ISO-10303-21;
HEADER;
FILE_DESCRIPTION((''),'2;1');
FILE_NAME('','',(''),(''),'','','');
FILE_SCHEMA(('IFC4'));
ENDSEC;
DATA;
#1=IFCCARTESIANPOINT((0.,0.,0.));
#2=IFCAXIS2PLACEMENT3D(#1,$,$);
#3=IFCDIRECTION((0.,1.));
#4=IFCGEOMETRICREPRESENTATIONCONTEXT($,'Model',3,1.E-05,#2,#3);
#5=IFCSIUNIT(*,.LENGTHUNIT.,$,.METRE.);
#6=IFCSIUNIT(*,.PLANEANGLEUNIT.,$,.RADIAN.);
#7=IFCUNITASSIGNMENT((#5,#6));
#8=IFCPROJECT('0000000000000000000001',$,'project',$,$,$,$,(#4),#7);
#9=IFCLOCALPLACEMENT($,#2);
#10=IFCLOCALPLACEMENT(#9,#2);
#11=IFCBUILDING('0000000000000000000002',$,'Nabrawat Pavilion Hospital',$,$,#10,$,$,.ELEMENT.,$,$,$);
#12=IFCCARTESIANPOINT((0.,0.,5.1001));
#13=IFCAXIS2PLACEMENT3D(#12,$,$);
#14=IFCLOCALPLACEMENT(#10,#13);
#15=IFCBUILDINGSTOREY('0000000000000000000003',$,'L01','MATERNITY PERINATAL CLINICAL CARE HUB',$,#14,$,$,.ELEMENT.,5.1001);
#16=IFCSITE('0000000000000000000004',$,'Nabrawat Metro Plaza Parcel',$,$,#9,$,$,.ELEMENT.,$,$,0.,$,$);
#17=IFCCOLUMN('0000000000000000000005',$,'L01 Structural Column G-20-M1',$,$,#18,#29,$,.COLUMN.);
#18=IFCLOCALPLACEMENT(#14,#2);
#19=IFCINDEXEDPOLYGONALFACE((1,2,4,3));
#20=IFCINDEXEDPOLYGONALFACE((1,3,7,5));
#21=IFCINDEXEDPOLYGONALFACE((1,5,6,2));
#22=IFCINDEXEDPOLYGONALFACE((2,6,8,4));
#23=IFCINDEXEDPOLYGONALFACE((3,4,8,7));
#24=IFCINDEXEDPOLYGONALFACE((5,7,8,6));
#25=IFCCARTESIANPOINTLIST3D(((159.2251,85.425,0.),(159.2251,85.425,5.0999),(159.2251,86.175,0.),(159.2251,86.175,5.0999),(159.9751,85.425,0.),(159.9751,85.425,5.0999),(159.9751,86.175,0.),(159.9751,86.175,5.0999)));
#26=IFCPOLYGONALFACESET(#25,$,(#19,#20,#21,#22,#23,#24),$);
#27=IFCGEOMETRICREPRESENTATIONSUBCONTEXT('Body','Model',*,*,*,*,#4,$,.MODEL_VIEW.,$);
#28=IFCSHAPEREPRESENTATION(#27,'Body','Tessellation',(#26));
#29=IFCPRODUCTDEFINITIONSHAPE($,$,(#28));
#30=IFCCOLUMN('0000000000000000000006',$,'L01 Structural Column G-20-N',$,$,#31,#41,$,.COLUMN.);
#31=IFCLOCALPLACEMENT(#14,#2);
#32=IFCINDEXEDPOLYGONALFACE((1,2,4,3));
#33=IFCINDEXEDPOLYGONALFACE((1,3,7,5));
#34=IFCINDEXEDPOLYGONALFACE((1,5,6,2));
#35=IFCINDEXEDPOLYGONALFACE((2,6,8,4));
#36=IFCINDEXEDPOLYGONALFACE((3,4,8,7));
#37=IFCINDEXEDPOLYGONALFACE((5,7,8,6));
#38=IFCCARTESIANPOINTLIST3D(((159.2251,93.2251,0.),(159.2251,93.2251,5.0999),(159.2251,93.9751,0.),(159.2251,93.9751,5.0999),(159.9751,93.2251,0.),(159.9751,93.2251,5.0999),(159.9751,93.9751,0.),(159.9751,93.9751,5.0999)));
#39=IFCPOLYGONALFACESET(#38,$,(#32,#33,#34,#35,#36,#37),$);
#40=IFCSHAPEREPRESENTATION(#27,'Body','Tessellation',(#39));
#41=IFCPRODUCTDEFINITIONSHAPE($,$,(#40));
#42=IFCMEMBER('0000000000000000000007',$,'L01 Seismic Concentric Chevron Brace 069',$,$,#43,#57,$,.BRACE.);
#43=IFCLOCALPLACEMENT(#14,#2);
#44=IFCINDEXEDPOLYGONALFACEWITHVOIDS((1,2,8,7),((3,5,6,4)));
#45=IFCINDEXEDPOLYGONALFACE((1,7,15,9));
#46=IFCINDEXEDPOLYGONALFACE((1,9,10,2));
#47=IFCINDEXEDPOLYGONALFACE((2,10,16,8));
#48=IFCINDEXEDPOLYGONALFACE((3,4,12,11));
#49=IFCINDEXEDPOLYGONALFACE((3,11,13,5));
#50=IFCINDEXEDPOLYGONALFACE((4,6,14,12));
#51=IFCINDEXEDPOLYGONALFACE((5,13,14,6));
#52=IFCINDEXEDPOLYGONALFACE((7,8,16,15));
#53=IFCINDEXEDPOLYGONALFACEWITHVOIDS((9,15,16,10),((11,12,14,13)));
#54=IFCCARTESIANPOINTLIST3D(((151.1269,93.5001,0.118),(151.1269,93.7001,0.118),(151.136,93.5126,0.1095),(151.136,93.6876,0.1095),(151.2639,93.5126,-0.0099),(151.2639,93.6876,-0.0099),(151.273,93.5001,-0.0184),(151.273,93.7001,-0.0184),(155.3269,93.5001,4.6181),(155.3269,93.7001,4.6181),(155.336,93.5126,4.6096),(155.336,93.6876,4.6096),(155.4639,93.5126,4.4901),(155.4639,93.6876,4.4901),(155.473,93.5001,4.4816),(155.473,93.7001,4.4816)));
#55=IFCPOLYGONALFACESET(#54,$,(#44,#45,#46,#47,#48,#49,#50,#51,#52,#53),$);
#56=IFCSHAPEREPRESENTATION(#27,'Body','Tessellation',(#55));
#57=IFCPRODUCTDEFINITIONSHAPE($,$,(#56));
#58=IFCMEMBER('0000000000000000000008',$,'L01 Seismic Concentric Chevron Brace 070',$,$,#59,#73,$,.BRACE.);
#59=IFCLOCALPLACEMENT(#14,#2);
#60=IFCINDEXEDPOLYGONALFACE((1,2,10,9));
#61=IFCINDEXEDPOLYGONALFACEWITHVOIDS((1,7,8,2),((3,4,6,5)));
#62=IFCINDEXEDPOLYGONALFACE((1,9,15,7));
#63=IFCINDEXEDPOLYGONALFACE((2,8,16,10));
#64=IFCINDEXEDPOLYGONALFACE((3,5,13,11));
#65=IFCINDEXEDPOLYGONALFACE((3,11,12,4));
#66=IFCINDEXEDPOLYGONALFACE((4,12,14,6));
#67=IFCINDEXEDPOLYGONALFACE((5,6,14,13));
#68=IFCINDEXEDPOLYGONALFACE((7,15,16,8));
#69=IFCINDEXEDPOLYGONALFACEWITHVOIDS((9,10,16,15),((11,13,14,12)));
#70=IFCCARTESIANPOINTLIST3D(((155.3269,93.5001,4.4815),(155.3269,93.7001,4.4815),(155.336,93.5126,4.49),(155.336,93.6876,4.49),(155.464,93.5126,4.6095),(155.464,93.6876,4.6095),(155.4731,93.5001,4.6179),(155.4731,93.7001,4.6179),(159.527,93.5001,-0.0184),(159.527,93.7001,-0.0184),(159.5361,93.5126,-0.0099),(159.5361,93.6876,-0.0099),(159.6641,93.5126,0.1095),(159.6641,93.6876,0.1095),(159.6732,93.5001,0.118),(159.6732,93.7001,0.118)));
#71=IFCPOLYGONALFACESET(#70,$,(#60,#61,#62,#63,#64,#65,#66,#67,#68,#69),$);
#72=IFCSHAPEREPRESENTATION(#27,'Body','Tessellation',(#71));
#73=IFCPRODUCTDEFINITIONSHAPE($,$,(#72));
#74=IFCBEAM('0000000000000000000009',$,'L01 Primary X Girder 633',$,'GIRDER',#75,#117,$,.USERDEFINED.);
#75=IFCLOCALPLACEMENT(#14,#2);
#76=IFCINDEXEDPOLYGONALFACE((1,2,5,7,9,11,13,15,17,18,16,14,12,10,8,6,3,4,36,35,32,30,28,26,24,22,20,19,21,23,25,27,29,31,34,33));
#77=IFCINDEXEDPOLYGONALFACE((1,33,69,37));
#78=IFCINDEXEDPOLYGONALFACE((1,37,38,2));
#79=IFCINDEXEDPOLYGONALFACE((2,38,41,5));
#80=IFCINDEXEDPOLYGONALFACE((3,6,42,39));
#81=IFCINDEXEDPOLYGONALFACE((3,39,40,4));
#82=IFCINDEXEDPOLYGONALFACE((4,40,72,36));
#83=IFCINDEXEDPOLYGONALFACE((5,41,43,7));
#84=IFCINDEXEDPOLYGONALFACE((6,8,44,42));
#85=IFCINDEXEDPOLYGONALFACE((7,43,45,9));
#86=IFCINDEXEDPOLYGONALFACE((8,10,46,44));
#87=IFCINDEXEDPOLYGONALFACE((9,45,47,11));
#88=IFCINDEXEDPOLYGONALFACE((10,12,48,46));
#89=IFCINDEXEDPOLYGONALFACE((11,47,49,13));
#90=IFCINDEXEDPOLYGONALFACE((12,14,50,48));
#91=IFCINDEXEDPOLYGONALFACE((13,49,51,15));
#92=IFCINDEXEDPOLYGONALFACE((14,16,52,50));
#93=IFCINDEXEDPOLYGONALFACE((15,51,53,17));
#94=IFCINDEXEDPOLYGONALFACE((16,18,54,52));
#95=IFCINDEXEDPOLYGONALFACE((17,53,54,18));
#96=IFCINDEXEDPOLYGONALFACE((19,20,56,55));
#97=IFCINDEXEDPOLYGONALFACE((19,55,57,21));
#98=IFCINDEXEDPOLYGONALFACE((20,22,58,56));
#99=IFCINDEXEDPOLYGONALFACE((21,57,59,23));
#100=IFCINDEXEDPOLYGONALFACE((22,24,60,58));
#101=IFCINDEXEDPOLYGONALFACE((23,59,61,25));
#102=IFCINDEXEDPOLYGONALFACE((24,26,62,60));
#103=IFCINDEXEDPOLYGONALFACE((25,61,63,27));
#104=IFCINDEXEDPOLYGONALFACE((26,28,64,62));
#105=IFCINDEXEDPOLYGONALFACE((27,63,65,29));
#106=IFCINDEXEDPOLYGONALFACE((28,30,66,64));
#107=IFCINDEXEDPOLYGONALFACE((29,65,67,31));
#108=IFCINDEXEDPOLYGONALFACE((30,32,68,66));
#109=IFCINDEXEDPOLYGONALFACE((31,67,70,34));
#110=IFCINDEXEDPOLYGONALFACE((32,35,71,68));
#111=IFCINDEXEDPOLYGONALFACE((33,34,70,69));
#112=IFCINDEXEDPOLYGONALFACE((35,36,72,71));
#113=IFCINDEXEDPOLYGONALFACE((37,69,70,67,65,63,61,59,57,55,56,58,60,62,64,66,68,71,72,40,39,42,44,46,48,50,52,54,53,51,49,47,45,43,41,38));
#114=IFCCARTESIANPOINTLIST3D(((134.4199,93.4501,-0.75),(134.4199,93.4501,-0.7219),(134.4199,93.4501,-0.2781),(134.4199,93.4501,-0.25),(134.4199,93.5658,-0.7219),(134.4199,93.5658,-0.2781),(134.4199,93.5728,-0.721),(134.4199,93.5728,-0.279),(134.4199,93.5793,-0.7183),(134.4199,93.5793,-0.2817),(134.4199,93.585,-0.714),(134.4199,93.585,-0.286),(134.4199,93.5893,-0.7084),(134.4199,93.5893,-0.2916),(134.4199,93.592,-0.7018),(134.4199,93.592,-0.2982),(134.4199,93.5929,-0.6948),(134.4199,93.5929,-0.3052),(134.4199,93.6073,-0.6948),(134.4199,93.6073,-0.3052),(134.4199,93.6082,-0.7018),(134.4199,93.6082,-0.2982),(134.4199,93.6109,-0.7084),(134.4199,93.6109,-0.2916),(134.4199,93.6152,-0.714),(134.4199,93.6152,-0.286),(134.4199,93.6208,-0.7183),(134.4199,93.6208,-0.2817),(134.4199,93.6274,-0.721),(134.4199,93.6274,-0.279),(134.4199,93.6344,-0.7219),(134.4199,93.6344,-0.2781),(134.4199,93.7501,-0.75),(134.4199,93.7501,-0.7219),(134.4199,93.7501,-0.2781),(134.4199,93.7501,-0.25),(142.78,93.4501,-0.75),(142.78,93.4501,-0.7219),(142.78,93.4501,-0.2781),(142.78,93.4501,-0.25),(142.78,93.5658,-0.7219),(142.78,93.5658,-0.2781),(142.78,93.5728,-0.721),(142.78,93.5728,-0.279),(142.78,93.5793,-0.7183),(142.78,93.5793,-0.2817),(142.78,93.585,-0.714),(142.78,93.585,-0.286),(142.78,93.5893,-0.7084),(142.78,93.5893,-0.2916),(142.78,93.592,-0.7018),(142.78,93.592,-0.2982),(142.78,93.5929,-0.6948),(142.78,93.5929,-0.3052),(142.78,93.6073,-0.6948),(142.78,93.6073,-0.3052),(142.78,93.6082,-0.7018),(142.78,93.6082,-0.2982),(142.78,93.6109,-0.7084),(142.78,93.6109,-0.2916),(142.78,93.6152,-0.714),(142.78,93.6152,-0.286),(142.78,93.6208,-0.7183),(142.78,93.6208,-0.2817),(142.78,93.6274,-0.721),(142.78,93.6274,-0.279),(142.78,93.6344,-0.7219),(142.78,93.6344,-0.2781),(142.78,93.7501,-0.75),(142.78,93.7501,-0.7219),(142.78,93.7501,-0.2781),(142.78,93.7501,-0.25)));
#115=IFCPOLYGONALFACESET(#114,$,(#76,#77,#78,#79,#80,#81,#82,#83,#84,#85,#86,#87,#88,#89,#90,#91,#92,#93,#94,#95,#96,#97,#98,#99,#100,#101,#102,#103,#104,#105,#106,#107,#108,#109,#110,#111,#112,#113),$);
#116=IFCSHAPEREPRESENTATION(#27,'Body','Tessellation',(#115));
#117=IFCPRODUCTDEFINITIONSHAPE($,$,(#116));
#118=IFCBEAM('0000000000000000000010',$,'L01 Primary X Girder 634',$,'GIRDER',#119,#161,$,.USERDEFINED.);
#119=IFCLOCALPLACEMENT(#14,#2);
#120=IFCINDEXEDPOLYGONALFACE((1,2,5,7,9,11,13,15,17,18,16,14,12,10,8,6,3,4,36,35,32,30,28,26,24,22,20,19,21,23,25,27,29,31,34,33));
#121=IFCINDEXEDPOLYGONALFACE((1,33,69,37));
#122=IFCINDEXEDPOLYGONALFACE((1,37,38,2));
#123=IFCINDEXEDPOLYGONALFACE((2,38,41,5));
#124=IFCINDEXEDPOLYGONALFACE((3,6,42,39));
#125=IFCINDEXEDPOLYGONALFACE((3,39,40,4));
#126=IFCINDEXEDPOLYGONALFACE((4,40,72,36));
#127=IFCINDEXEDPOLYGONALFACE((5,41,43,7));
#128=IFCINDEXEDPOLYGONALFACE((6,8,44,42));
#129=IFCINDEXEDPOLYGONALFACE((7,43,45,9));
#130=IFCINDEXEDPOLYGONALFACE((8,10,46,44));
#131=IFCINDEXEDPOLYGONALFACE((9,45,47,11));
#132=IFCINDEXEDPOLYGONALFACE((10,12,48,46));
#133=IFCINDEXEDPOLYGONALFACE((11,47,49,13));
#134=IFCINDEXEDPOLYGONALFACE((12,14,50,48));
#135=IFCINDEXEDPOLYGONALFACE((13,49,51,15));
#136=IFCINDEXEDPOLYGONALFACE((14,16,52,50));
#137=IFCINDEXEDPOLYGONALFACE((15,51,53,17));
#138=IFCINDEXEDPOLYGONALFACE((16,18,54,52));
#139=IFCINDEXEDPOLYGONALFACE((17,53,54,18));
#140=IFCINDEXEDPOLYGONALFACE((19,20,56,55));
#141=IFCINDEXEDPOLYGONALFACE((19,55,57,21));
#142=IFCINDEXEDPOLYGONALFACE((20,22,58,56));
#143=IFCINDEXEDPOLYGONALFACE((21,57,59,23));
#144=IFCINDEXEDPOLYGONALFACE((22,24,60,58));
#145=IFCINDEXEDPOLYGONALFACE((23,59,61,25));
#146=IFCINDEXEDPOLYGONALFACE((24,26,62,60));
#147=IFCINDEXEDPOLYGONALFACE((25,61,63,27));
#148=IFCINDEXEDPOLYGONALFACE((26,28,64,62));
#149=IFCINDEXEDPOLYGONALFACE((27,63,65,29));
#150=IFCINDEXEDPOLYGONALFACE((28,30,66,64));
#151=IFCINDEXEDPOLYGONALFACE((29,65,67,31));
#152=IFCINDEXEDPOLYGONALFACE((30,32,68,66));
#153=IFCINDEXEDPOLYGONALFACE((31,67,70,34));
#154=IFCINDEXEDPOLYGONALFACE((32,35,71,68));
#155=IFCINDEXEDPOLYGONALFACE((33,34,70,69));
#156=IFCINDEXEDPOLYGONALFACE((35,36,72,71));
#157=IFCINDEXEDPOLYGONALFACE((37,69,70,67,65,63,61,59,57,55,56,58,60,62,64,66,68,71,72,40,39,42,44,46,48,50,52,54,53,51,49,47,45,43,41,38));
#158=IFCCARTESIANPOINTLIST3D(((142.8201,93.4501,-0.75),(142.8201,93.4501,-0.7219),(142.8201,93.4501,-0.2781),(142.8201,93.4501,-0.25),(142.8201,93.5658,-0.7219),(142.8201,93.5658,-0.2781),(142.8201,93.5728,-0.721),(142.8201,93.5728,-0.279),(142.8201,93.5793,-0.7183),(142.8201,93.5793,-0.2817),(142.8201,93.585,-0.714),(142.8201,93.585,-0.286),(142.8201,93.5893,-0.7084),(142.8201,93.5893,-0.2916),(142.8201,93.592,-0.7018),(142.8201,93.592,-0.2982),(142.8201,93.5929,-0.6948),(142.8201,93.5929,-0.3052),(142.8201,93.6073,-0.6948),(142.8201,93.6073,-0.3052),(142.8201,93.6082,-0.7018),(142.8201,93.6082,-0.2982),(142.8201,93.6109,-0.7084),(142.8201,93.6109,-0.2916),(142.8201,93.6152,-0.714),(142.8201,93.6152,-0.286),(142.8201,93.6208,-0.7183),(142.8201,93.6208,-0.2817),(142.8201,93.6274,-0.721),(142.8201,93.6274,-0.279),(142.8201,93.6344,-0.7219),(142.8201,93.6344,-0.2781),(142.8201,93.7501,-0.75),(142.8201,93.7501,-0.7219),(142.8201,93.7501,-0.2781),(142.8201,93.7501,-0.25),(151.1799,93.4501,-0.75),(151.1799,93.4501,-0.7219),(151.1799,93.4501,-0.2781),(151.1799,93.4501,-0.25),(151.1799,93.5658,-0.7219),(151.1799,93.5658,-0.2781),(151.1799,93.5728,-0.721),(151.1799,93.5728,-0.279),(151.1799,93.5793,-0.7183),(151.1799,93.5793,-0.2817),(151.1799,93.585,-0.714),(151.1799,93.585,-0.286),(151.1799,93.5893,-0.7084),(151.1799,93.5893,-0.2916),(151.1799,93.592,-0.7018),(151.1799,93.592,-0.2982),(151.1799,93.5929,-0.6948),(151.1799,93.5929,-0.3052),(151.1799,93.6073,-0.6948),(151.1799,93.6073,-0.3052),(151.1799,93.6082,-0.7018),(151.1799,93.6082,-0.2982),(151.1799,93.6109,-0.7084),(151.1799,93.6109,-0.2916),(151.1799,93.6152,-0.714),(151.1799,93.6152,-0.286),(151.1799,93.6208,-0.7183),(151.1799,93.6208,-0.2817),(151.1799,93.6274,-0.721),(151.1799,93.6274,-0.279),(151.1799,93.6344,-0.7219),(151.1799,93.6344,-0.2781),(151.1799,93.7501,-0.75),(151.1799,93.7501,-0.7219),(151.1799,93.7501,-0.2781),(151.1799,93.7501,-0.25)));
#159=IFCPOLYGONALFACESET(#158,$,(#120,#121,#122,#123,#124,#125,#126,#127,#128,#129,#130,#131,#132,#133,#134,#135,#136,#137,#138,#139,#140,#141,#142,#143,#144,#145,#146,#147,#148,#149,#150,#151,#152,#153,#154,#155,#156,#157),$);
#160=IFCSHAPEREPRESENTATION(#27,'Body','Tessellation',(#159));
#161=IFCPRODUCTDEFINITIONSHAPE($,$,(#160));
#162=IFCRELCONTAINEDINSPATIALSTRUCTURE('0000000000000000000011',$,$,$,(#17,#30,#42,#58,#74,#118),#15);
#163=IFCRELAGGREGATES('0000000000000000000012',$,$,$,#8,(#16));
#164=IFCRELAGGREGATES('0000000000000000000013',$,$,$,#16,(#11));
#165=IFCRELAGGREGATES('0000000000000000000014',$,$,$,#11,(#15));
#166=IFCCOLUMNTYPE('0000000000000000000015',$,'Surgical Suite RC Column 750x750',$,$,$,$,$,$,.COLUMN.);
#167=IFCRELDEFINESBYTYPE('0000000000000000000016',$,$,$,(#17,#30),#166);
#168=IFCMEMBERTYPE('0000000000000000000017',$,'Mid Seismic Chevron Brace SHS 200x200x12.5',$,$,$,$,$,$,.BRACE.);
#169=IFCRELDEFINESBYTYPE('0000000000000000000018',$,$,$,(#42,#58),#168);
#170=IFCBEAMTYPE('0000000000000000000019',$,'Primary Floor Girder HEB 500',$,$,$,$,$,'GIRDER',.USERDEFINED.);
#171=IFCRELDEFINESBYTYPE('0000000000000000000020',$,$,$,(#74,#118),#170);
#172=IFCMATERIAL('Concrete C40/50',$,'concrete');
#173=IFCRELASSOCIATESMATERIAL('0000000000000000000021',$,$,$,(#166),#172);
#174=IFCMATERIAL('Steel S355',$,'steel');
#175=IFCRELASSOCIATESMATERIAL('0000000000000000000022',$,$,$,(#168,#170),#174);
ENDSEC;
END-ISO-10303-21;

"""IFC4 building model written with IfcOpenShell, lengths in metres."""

from ifc_helpers import new_model, si_unit, direction, frame, origin, origin_2d, place, context, subcontext, project, spatial, rectangle, hollow_rectangle, i_section, extrude, material, material_profile, profile_set, type_object, element, save


model = new_model("IFC4")

# Units and contexts
model_context = context("Model", 3, precision=1e-05, world=origin(), true_north=direction((0.0, 1.0)))
body_context = subcontext(model_context, "Body", "Model", "MODEL_VIEW")
ifc_project = project(units=[si_unit("LENGTHUNIT", "METRE"), si_unit("PLANEANGLEUNIT", "RADIAN")], contexts=[model_context])

# Site, building, storey
site_placement = place(None, origin())
site = spatial("IfcSite", under=ifc_project, at=site_placement, Name="Nabrawat Metro Plaza Parcel", CompositionType="ELEMENT", RefElevation=0.0)
building_placement = place(site_placement, origin())
building = spatial("IfcBuilding", under=site, at=building_placement, Name="Nabrawat Pavilion Hospital", CompositionType="ELEMENT")
storey_placement = place(building_placement, frame((0.0, 0.0, 5.1001)))
storey = spatial("IfcBuildingStorey", under=building, at=storey_placement, Name="L01", Description="MATERNITY PERINATAL CLINICAL CARE HUB", CompositionType="ELEMENT", Elevation=5.1001)

# Columns
ifc_material_1 = material(Name="Steel S355", Category="steel")
ifc_material_2 = material(Name="Concrete C40/50", Category="concrete")
ifc_material_profile_1 = material_profile(ifc_material_2, rectangle(XDim=0.75, YDim=0.75, at=origin_2d()), Name="RC 750x750")
ifc_profile_set_1 = profile_set([ifc_material_profile_1], Name="Concrete C40/50")
column_type_1 = type_object("IfcColumnType", Name="Surgical Suite RC Column 750x750", PredefinedType="COLUMN", material=ifc_profile_set_1)
for number, where, z_axis, x_axis, name in (
    (1, (159.6001, 85.8, 0.0), (0.0, 0.0, 1.0), (1.0, 0.0, 0.0), "L01 Structural Column G-20-M1"),
    (2, (159.6001, 93.6001, 0.0), (0.0, 0.0, 1.0), (1.0, 0.0, 0.0), "L01 Structural Column G-20-N"),
):
    element("IfcColumn", number, at=place(storey_placement, frame(where, z_axis=z_axis, x_axis=x_axis)), inside=storey, type_object=column_type_1, Name=name, PredefinedType="COLUMN", context=body_context, shape_type="SweptSolid", body=[
        extrude(rectangle(XDim=0.75, YDim=0.75, at=origin_2d()), origin(), (0.0, 0.0, 1.0), 5.0999),
    ])

# Members
ifc_material_profile_2 = material_profile(ifc_material_1, hollow_rectangle(XDim=0.2, YDim=0.2, WallThickness=0.0125, at=origin_2d()), Name="SHS 200x200x12.5")
ifc_profile_set_2 = profile_set([ifc_material_profile_2], Name="Steel S355")
member_type = type_object("IfcMemberType", Name="Mid Seismic Chevron Brace SHS 200x200x12.5", PredefinedType="BRACE", material=ifc_profile_set_2)
for number, where, z_axis, x_axis, name in (
    (3, (151.2, 93.6001, 0.0498), (0.682314, 0.0, 0.731059), (0.0, 1.0, 0.0), "L01 Seismic Concentric Chevron Brace 069"),
    (4, (159.6001, 93.6001, 0.0498), (-0.682335, 0.0, 0.731039), (0.0, -1.0, 0.0), "L01 Seismic Concentric Chevron Brace 070"),
):
    element("IfcMember", number, at=place(storey_placement, frame(where, z_axis=z_axis, x_axis=x_axis)), inside=storey, type_object=member_type, Name=name, PredefinedType="BRACE", context=body_context, shape_type="SweptSolid", body=[
        extrude(hollow_rectangle(XDim=0.2, YDim=0.2, WallThickness=0.0125, at=origin_2d()), origin(), (0.0, 0.0, 1.0), 6.1555),
    ])

# Beams
ifc_material_profile_3 = material_profile(ifc_material_1, i_section(OverallWidth=0.3, OverallDepth=0.5, WebThickness=0.0144, FlangeThickness=0.0281, FilletRadius=0.0271, at=origin_2d()), Name="HEB 500")
ifc_profile_set_3 = profile_set([ifc_material_profile_3], Name="Steel S355")
beam_type_1 = type_object("IfcBeamType", Name="Primary Floor Girder HEB 500", ElementType="GIRDER", PredefinedType="USERDEFINED", material=ifc_profile_set_3)
beam_1_placement = place(storey_placement, frame((134.4199, 93.6001, -0.5), z_axis=(1.0, 0.0, 0.0), x_axis=(0.0, 1.0, 0.0)))
element("IfcBeam", 5, at=beam_1_placement, inside=storey, type_object=beam_type_1, Name="L01 Primary X Girder 633", ObjectType="GIRDER", PredefinedType="USERDEFINED", context=body_context, shape_type="SweptSolid", body=[
    extrude(i_section(OverallWidth=0.3, OverallDepth=0.5, WebThickness=0.0144, FlangeThickness=0.0281, FilletRadius=0.0271, at=origin_2d()), origin(), (0.0, 0.0, 1.0), 8.3601),
])
beam_2_placement = place(storey_placement, frame((142.8201, 93.6001, -0.5), z_axis=(1.0, 0.0, 0.0), x_axis=(0.0, 1.0, 0.0)))
element("IfcBeam", 6, at=beam_2_placement, inside=storey, type_object=beam_type_1, Name="L01 Primary X Girder 634", ObjectType="GIRDER", PredefinedType="USERDEFINED", context=body_context, shape_type="SweptSolid", body=[
    extrude(i_section(OverallWidth=0.3, OverallDepth=0.5, WebThickness=0.0144, FlangeThickness=0.0281, FilletRadius=0.0271, at=origin_2d()), origin(), (0.0, 0.0, 1.0), 8.3599),
])

save(model, "model.ifc")
